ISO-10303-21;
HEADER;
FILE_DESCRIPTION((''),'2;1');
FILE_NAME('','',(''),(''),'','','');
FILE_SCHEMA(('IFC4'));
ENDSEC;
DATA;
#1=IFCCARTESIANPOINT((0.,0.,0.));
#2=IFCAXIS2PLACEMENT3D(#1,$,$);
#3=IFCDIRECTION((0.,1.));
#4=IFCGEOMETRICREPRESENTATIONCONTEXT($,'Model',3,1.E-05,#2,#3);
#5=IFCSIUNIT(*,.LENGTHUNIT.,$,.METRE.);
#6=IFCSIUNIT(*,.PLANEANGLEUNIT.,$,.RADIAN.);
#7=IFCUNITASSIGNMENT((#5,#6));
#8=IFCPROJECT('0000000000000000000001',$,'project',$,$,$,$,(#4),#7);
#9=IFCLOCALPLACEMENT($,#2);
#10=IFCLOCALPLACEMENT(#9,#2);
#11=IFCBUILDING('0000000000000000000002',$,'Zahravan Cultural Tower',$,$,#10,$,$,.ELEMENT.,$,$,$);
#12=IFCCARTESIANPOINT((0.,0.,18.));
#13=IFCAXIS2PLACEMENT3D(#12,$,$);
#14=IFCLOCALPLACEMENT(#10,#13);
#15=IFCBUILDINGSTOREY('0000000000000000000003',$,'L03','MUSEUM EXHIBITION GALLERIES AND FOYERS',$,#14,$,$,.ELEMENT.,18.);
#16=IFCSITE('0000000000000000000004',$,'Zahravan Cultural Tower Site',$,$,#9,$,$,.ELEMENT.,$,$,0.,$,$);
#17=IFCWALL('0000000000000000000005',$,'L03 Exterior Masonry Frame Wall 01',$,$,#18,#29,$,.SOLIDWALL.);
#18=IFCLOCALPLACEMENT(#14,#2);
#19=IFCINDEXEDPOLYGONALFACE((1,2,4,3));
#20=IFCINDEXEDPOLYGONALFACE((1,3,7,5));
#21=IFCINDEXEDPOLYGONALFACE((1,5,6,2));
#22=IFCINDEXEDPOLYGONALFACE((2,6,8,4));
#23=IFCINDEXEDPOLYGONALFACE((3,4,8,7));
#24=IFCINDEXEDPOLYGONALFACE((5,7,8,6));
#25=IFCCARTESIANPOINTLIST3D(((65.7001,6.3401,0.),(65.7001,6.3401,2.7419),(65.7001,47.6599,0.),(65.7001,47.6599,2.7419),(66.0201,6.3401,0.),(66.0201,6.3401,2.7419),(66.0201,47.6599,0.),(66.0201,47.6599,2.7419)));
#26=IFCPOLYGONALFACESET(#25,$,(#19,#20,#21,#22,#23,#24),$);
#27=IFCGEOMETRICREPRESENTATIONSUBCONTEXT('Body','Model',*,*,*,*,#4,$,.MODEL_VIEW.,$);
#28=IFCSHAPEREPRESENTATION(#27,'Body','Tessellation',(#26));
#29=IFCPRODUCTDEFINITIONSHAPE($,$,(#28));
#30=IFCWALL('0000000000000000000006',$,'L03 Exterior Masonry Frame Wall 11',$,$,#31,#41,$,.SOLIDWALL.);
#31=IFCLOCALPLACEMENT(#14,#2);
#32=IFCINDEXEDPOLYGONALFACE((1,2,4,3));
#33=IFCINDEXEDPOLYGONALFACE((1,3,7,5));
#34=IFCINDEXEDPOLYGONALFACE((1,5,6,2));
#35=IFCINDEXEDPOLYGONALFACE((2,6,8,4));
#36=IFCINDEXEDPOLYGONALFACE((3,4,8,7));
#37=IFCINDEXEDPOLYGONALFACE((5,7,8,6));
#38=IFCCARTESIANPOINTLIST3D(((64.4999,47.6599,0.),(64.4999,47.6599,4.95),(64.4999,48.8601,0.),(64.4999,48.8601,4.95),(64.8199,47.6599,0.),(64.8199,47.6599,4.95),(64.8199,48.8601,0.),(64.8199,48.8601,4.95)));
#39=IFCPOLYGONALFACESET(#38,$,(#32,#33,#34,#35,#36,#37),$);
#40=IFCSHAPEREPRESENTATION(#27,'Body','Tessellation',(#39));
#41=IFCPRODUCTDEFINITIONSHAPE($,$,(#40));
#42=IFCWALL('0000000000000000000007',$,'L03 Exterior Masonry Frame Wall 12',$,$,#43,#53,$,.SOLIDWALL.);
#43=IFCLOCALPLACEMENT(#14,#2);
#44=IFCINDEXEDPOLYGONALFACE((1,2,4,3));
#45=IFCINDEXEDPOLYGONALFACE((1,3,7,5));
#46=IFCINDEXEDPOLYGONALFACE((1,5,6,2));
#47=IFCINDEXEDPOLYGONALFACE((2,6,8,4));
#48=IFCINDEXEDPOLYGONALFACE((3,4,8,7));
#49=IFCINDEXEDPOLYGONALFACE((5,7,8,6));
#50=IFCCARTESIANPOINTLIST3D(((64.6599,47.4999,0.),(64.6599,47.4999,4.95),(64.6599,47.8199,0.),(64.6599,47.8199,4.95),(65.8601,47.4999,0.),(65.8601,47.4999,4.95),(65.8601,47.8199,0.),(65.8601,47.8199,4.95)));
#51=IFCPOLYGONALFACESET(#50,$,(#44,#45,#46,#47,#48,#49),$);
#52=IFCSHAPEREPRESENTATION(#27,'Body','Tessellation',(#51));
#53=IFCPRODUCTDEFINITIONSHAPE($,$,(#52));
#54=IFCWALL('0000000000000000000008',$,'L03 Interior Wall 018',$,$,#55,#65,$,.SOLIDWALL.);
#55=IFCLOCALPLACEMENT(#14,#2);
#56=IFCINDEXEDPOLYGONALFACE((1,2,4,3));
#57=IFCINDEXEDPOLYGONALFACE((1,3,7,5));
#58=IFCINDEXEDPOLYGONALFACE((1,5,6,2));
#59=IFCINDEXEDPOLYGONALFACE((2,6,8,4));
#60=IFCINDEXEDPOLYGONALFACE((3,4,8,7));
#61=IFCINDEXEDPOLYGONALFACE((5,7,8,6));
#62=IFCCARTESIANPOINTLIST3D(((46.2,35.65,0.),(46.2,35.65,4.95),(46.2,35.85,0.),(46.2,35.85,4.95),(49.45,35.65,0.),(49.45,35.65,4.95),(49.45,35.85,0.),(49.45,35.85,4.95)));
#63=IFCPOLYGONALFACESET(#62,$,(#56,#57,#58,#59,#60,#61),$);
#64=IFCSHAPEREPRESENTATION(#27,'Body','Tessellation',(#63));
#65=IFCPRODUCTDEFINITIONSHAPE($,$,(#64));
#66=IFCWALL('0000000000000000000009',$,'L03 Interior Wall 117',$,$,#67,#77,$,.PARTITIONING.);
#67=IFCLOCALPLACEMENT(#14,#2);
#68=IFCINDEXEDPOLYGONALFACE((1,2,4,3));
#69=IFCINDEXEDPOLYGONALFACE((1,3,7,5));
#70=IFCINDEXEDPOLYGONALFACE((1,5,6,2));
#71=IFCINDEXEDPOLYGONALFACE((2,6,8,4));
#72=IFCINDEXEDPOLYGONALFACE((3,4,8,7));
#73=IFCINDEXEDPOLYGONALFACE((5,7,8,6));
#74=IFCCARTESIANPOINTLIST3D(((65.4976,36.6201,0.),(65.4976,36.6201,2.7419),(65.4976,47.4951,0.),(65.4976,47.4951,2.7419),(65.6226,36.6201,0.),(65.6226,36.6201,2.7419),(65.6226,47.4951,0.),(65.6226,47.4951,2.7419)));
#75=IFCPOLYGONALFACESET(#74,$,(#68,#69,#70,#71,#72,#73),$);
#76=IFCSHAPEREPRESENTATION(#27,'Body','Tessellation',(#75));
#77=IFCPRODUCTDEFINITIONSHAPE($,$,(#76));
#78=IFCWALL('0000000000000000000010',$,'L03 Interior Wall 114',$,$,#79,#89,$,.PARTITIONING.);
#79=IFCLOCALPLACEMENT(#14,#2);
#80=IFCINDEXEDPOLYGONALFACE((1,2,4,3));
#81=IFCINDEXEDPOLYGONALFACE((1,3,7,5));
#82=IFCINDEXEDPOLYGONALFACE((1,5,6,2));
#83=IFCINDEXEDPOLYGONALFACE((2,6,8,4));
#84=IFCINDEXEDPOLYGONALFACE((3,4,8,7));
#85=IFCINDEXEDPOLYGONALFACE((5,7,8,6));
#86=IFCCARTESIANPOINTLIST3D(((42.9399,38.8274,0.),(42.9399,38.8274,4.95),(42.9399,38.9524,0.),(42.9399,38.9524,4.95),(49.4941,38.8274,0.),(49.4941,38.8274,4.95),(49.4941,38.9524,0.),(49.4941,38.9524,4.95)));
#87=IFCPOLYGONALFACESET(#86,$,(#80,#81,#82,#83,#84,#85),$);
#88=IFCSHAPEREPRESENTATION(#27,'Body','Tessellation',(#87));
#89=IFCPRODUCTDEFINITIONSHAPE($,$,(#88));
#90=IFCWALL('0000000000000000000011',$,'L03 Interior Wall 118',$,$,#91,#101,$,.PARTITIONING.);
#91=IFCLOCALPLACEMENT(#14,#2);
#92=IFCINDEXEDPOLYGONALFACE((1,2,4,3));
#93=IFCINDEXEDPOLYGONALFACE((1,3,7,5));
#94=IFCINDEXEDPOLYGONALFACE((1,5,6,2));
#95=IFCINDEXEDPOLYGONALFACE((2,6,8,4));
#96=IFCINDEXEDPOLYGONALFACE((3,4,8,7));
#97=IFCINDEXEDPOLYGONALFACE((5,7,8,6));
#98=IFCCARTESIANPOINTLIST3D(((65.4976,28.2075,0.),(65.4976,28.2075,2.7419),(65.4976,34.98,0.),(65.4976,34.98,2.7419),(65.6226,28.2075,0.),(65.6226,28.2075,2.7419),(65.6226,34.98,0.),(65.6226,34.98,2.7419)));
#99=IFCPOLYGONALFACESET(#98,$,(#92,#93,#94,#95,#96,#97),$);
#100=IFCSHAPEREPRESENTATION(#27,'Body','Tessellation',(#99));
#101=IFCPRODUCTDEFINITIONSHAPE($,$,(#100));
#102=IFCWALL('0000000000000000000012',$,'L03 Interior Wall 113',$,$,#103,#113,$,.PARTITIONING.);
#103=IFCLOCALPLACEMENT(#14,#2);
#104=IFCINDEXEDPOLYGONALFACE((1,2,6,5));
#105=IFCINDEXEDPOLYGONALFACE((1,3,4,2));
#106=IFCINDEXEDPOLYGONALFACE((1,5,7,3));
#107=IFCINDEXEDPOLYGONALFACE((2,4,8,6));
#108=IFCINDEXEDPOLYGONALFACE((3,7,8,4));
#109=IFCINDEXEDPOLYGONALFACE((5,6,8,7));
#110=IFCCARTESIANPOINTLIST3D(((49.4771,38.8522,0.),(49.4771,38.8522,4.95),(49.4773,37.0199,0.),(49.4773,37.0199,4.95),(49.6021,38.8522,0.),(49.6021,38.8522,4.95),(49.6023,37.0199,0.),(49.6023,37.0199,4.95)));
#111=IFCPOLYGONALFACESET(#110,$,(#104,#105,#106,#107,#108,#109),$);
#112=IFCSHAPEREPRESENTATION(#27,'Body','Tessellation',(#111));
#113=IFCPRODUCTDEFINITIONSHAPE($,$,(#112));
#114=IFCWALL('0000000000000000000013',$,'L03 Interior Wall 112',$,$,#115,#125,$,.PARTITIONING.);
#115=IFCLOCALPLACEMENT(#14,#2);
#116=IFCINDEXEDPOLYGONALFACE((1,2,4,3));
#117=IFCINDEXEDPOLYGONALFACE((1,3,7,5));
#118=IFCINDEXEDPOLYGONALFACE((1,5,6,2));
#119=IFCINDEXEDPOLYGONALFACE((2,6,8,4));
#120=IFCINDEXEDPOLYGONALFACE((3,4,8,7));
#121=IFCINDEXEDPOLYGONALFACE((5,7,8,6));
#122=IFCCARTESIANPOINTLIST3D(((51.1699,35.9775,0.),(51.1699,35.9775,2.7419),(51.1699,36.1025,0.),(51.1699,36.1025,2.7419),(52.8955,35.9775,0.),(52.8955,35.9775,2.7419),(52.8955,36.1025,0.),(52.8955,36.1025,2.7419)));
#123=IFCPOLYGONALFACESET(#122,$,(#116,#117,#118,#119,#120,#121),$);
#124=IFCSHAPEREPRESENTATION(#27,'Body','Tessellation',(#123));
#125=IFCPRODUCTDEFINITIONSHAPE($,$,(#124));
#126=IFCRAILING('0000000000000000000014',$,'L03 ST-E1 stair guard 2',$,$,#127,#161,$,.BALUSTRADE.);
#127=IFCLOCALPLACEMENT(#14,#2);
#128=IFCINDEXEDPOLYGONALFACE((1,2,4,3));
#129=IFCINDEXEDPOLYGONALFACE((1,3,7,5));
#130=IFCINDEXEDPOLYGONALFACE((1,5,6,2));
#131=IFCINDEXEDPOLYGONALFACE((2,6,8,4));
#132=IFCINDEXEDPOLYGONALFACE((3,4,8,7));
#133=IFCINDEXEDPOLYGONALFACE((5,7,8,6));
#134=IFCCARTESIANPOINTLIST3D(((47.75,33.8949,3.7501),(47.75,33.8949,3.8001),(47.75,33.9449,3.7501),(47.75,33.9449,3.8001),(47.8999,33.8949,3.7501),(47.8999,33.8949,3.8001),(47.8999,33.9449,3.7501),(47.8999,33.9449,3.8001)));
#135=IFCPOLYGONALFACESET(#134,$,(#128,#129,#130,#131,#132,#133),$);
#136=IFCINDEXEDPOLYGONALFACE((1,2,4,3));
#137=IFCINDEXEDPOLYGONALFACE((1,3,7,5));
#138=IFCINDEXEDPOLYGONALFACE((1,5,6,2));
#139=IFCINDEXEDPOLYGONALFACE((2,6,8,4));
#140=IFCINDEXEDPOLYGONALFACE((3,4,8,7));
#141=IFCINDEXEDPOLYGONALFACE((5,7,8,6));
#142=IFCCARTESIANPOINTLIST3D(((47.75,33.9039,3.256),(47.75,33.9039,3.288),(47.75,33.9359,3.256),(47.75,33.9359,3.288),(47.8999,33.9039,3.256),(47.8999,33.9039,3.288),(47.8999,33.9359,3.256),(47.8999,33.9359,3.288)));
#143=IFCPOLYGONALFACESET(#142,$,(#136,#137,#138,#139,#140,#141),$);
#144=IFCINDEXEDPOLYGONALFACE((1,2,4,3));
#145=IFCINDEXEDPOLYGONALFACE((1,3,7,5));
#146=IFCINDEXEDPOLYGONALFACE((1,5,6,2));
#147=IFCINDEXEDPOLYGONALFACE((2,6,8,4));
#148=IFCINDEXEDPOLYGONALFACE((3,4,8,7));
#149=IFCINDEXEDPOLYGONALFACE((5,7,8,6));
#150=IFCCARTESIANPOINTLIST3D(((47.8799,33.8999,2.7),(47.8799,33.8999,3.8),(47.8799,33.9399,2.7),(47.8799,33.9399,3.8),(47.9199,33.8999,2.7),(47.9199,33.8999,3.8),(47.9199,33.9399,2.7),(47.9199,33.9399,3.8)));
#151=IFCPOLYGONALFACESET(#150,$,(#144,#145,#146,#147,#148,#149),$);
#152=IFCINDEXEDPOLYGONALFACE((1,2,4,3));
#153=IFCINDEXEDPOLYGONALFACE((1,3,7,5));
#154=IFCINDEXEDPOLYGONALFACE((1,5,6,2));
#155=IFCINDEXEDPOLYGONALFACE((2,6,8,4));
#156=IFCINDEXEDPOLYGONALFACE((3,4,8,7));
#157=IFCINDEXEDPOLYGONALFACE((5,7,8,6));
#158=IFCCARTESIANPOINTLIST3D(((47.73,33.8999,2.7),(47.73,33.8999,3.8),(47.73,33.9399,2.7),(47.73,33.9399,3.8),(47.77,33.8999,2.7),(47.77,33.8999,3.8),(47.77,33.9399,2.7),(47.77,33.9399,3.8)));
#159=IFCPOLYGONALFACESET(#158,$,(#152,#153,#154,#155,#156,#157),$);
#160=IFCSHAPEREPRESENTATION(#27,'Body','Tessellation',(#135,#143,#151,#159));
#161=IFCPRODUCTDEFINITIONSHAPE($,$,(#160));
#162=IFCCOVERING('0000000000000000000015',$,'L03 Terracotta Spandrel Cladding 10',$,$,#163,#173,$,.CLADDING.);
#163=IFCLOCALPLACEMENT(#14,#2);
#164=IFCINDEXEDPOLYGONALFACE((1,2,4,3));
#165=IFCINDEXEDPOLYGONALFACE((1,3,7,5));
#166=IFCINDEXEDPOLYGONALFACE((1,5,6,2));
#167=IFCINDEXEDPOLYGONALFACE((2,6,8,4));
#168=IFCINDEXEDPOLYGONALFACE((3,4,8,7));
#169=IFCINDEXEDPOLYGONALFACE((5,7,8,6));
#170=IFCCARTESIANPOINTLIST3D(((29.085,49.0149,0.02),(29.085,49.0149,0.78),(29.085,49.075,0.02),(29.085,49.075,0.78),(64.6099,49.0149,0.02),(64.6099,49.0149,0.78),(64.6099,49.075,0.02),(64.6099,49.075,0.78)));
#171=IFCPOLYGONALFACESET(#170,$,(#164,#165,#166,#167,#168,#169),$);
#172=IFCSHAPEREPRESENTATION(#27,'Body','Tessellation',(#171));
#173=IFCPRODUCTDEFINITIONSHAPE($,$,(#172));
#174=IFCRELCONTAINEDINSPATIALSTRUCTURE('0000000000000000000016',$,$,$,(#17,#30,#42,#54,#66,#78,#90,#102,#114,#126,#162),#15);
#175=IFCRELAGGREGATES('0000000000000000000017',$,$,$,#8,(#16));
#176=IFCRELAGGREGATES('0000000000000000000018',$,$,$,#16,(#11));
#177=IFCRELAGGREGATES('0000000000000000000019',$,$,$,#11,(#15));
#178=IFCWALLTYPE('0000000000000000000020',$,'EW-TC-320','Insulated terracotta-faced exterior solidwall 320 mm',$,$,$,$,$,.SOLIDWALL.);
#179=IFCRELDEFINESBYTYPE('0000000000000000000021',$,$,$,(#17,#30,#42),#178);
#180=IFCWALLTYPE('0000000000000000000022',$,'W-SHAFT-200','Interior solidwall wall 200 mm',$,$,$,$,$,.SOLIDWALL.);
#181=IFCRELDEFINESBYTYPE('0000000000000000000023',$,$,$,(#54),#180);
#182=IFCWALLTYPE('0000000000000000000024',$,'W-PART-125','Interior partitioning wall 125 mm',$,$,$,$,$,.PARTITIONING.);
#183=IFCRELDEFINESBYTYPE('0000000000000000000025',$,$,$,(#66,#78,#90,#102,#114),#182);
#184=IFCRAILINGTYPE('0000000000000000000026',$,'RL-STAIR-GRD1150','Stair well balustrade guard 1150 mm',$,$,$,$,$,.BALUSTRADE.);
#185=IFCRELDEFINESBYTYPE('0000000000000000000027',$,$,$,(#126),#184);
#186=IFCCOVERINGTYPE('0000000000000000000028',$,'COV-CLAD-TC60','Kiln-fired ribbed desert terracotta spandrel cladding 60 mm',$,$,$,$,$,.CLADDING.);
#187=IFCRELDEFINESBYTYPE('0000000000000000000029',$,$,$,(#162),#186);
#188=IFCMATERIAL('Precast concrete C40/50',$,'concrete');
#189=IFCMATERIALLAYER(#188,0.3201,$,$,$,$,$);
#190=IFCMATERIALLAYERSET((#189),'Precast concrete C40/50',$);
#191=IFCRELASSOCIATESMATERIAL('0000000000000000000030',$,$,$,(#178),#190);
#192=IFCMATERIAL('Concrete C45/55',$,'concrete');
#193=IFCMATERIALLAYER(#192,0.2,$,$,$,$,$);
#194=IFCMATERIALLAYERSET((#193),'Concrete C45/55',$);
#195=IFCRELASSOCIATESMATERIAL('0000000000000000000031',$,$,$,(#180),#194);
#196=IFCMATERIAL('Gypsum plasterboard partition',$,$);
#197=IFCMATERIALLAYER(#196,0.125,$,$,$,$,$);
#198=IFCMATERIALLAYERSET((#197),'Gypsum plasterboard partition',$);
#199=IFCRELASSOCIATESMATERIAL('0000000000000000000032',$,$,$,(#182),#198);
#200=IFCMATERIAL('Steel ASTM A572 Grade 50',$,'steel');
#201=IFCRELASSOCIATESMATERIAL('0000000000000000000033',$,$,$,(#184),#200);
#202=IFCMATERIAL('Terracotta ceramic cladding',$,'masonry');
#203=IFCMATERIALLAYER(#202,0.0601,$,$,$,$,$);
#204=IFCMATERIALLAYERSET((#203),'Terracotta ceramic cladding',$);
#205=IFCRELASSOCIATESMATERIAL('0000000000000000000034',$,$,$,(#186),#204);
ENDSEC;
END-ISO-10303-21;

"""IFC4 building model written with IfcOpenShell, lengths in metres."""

from ifc_helpers import new_model, si_unit, direction, frame, frame_2d, origin, origin_2d, place, context, subcontext, project, spatial, rectangle, extrude, source, transform, mapped, material, layer, layer_set, type_object, element, save


model = new_model("IFC4")

# Units and contexts
model_context = context("Model", 3, precision=1e-05, world=origin(), true_north=direction((0.0, 1.0)))
body_context = subcontext(model_context, "Body", "Model", "MODEL_VIEW")
ifc_project = project(units=[si_unit("LENGTHUNIT", "METRE"), si_unit("PLANEANGLEUNIT", "RADIAN")], contexts=[model_context])

# Site, building, storey
site_placement = place(None, origin())
site = spatial("IfcSite", under=ifc_project, at=site_placement, Name="Zahravan Cultural Tower Site", CompositionType="ELEMENT", RefElevation=0.0)
building_placement = place(site_placement, origin())
building = spatial("IfcBuilding", under=site, at=building_placement, Name="Zahravan Cultural Tower", CompositionType="ELEMENT")
storey_placement = place(building_placement, frame((0.0, 0.0, 18.0)))
storey = spatial("IfcBuildingStorey", under=building, at=storey_placement, Name="L03", Description="MUSEUM EXHIBITION GALLERIES AND FOYERS", CompositionType="ELEMENT", Elevation=18.0)

# Shared definitions
ifc_material_1 = material(Name="Steel ASTM A572 Grade 50", Category="steel")

# Walls
ifc_material_2 = material(Name="Precast concrete C40/50", Category="concrete")
ifc_layer_1 = layer(ifc_material_2, 0.3201)
ifc_layer_set_1 = layer_set([ifc_layer_1], Name="Precast concrete C40/50")
wall_type_1 = type_object("IfcWallType", Name="EW-TC-320", Description="Insulated terracotta-faced exterior solidwall 320 mm", PredefinedType="SOLIDWALL", material=ifc_layer_set_1)
shared_shape_1 = source(origin(), body_context, "Body", "SweptSolid", [
    extrude(rectangle(XDim=41.3198, YDim=0.3201, at=frame_2d((20.6599, 0.0))), origin(), (0.0, 0.0, 1.0), 2.7419),
])
wall_1_placement = place(storey_placement, frame((65.8601, 47.6599, 0.0), z_axis=(0.0, 0.0, 1.0), x_axis=(0.0, -1.0, 0.0)))
element("IfcWall", 1, at=wall_1_placement, inside=storey, type_object=wall_type_1, Name="L03 Exterior Masonry Frame Wall 01", PredefinedType="SOLIDWALL", context=body_context, shape_type="MappedRepresentation", body=[
    mapped(shared_shape_1, transform((0.0, 0.0, 0.0), x_axis=(1.0, 0.0, 0.0), y_axis=(0.0, 1.0, 0.0), z_axis=(0.0, 0.0, 1.0), scale=1.0)),
])
shared_shape_2 = source(origin(), body_context, "Body", "SweptSolid", [
    extrude(rectangle(XDim=1.2002, YDim=0.3201, at=frame_2d((0.6001, 0.0))), origin(), (0.0, 0.0, 1.0), 4.95),
])
for number, where, z_axis, x_axis, name in (
    (2, (64.6599, 48.8601, 0.0), (0.0, 0.0, 1.0), (0.0, -1.0, 0.0), "L03 Exterior Masonry Frame Wall 11"),
    (3, (64.6599, 47.6599, 0.0), (0.0, 0.0, 1.0), (1.0, 0.0, 0.0), "L03 Exterior Masonry Frame Wall 12"),
):
    element("IfcWall", number, at=place(storey_placement, frame(where, z_axis=z_axis, x_axis=x_axis)), inside=storey, type_object=wall_type_1, Name=name, PredefinedType="SOLIDWALL", context=body_context, shape_type="MappedRepresentation", body=[
        mapped(shared_shape_2, transform((0.0, 0.0, 0.0), x_axis=(1.0, 0.0, 0.0), y_axis=(0.0, 1.0, 0.0), z_axis=(0.0, 0.0, 1.0), scale=1.0)),
    ])
ifc_material_3 = material(Name="Concrete C45/55", Category="concrete")
ifc_layer_2 = layer(ifc_material_3, 0.2)
ifc_layer_set_2 = layer_set([ifc_layer_2], Name="Concrete C45/55")
wall_type_2 = type_object("IfcWallType", Name="W-SHAFT-200", Description="Interior solidwall wall 200 mm", PredefinedType="SOLIDWALL", material=ifc_layer_set_2)
shared_shape_3 = source(origin(), body_context, "Body", "SweptSolid", [
    extrude(rectangle(XDim=3.25, YDim=0.2, at=frame_2d((1.625, 0.0))), origin(), (0.0, 0.0, 1.0), 4.95),
])
wall_2_placement = place(storey_placement, frame((46.2, 35.75, 0.0), z_axis=(0.0, 0.0, 1.0), x_axis=(1.0, 0.0, 0.0)))
element("IfcWall", 4, at=wall_2_placement, inside=storey, type_object=wall_type_2, Name="L03 Interior Wall 018", PredefinedType="SOLIDWALL", context=body_context, shape_type="MappedRepresentation", body=[
    mapped(shared_shape_3, transform((0.0, 0.0, 0.0), x_axis=(1.0, 0.0, 0.0), y_axis=(0.0, 1.0, 0.0), z_axis=(0.0, 0.0, 1.0), scale=1.0)),
])
ifc_material_4 = material(Name="Gypsum plasterboard partition")
ifc_layer_3 = layer(ifc_material_4, 0.125)
ifc_layer_set_3 = layer_set([ifc_layer_3], Name="Gypsum plasterboard partition")
wall_type_3 = type_object("IfcWallType", Name="W-PART-125", Description="Interior partitioning wall 125 mm", PredefinedType="PARTITIONING", material=ifc_layer_set_3)
shared_shape_4 = source(origin(), body_context, "Body", "SweptSolid", [
    extrude(rectangle(XDim=10.875, YDim=0.125, at=frame_2d((5.4375, 0.0))), origin(), (0.0, 0.0, 1.0), 2.7419),
])
wall_3_placement = place(storey_placement, frame((65.5601, 47.4951, 0.0), z_axis=(0.0, 0.0, 1.0), x_axis=(0.0, -1.0, 0.0)))
element("IfcWall", 5, at=wall_3_placement, inside=storey, type_object=wall_type_3, Name="L03 Interior Wall 117", PredefinedType="PARTITIONING", context=body_context, shape_type="MappedRepresentation", body=[
    mapped(shared_shape_4, transform((0.0, 0.0, 0.0), x_axis=(1.0, 0.0, 0.0), y_axis=(0.0, 1.0, 0.0), z_axis=(0.0, 0.0, 1.0), scale=1.0)),
])
shared_shape_5 = source(origin(), body_context, "Body", "SweptSolid", [
    extrude(rectangle(XDim=6.5542, YDim=0.125, at=frame_2d((3.2771, 0.0))), origin(), (0.0, 0.0, 1.0), 4.95),
])
wall_4_placement = place(storey_placement, frame((49.4941, 38.8899, 0.0), z_axis=(0.0, 0.0, 1.0), x_axis=(-1.0, 0.0, 0.0)))
element("IfcWall", 6, at=wall_4_placement, inside=storey, type_object=wall_type_3, Name="L03 Interior Wall 114", PredefinedType="PARTITIONING", context=body_context, shape_type="MappedRepresentation", body=[
    mapped(shared_shape_5, transform((0.0, 0.0, 0.0), x_axis=(1.0, 0.0, 0.0), y_axis=(0.0, 1.0, 0.0), z_axis=(0.0, 0.0, 1.0), scale=1.0)),
])
shared_shape_6 = source(origin(), body_context, "Body", "SweptSolid", [
    extrude(rectangle(XDim=6.7725, YDim=0.125, at=frame_2d((3.3862, 0.0))), origin(), (0.0, 0.0, 1.0), 2.7419),
])
wall_5_placement = place(storey_placement, frame((65.5601, 34.98, 0.0), z_axis=(0.0, 0.0, 1.0), x_axis=(0.0, -1.0, 0.0)))
element("IfcWall", 7, at=wall_5_placement, inside=storey, type_object=wall_type_3, Name="L03 Interior Wall 118", PredefinedType="PARTITIONING", context=body_context, shape_type="MappedRepresentation", body=[
    mapped(shared_shape_6, transform((0.0, 0.0, 0.0), x_axis=(1.0, 0.0, 0.0), y_axis=(0.0, 1.0, 0.0), z_axis=(0.0, 0.0, 1.0), scale=1.0)),
])
shared_shape_7 = source(origin(), body_context, "Body", "SweptSolid", [
    extrude(rectangle(XDim=1.8323, YDim=0.125, at=frame_2d((0.916, 0.0))), origin(), (0.0, 0.0, 1.0), 4.95),
])
wall_6_placement = place(storey_placement, frame((49.5398, 37.02, 0.0), z_axis=(0.0, 0.0, 1.0), x_axis=(-0.000133, 1.0, 0.0)))
element("IfcWall", 8, at=wall_6_placement, inside=storey, type_object=wall_type_3, Name="L03 Interior Wall 113", PredefinedType="PARTITIONING", context=body_context, shape_type="MappedRepresentation", body=[
    mapped(shared_shape_7, transform((0.0, 0.0, 0.0), x_axis=(1.0, 0.0, 0.0), y_axis=(0.0, 1.0, 0.0), z_axis=(0.0, 0.0, 1.0), scale=1.0)),
])
shared_shape_8 = source(origin(), body_context, "Body", "SweptSolid", [
    extrude(rectangle(XDim=1.7256, YDim=0.125, at=frame_2d((0.8628, 0.0))), origin(), (0.0, 0.0, 1.0), 2.7419),
])
wall_7_placement = place(storey_placement, frame((52.8955, 36.04, 0.0), z_axis=(0.0, 0.0, 1.0), x_axis=(-1.0, 0.0, 0.0)))
element("IfcWall", 9, at=wall_7_placement, inside=storey, type_object=wall_type_3, Name="L03 Interior Wall 112", PredefinedType="PARTITIONING", context=body_context, shape_type="MappedRepresentation", body=[
    mapped(shared_shape_8, transform((0.0, 0.0, 0.0), x_axis=(1.0, 0.0, 0.0), y_axis=(0.0, 1.0, 0.0), z_axis=(0.0, 0.0, 1.0), scale=1.0)),
])

# Railing
railing_type = type_object("IfcRailingType", Name="RL-STAIR-GRD1150", Description="Stair well balustrade guard 1150 mm", PredefinedType="BALUSTRADE", material=ifc_material_1)
railing_placement = place(storey_placement, frame((47.8999, 33.9199, 2.7)))
element("IfcRailing", 10, at=railing_placement, inside=storey, type_object=railing_type, Name="L03 ST-E1 stair guard 2", PredefinedType="BALUSTRADE", context=body_context, shape_type="SweptSolid", body=[
    extrude(rectangle(XDim=0.05, YDim=0.05, at=origin_2d()), frame((0.0, 0.0, 1.0752), z_axis=(-1.0, 0.0, 0.0), x_axis=(0.0, -1.0, 0.0)), (0.0, 0.0, 1.0), 0.1499),
    extrude(rectangle(XDim=0.032, YDim=0.032, at=origin_2d()), frame((0.0, 0.0, 0.572), z_axis=(-1.0, 0.0, 0.0), x_axis=(0.0, -1.0, 0.0)), (0.0, 0.0, 1.0), 0.1499),
    extrude(rectangle(XDim=0.04, YDim=0.04, at=origin_2d()), origin(), (0.0, 0.0, 1.0), 1.1001),
    extrude(rectangle(XDim=0.04, YDim=0.04, at=origin_2d()), frame((-0.1499, 0.0, 0.0)), (0.0, 0.0, 1.0), 1.1001),
])

# Covering
ifc_material_5 = material(Name="Terracotta ceramic cladding", Category="masonry")
ifc_layer_4 = layer(ifc_material_5, 0.0601)
ifc_layer_set_4 = layer_set([ifc_layer_4], Name="Terracotta ceramic cladding")
covering_type = type_object("IfcCoveringType", Name="COV-CLAD-TC60", Description="Kiln-fired ribbed desert terracotta spandrel cladding 60 mm", PredefinedType="CLADDING", material=ifc_layer_set_4)
shared_shape_9 = source(origin(), body_context, "Body", "SweptSolid", [
    extrude(rectangle(XDim=35.5249, YDim=0.0601, at=origin_2d()), origin(), (0.0, 0.0, 1.0), 0.76),
])
covering_placement = place(storey_placement, frame((46.8474, 49.0449, 0.02), z_axis=(0.0, 0.0, 1.0), x_axis=(1.0, 0.0, 0.0)))
element("IfcCovering", 11, at=covering_placement, inside=storey, type_object=covering_type, Name="L03 Terracotta Spandrel Cladding 10", PredefinedType="CLADDING", context=body_context, shape_type="MappedRepresentation", body=[
    mapped(shared_shape_9, transform((0.0, 0.0, 0.0), x_axis=(1.0, 0.0, 0.0), y_axis=(0.0, 1.0, 0.0), z_axis=(0.0, 0.0, 1.0), scale=1.0)),
])

save(model, "model.ifc")
